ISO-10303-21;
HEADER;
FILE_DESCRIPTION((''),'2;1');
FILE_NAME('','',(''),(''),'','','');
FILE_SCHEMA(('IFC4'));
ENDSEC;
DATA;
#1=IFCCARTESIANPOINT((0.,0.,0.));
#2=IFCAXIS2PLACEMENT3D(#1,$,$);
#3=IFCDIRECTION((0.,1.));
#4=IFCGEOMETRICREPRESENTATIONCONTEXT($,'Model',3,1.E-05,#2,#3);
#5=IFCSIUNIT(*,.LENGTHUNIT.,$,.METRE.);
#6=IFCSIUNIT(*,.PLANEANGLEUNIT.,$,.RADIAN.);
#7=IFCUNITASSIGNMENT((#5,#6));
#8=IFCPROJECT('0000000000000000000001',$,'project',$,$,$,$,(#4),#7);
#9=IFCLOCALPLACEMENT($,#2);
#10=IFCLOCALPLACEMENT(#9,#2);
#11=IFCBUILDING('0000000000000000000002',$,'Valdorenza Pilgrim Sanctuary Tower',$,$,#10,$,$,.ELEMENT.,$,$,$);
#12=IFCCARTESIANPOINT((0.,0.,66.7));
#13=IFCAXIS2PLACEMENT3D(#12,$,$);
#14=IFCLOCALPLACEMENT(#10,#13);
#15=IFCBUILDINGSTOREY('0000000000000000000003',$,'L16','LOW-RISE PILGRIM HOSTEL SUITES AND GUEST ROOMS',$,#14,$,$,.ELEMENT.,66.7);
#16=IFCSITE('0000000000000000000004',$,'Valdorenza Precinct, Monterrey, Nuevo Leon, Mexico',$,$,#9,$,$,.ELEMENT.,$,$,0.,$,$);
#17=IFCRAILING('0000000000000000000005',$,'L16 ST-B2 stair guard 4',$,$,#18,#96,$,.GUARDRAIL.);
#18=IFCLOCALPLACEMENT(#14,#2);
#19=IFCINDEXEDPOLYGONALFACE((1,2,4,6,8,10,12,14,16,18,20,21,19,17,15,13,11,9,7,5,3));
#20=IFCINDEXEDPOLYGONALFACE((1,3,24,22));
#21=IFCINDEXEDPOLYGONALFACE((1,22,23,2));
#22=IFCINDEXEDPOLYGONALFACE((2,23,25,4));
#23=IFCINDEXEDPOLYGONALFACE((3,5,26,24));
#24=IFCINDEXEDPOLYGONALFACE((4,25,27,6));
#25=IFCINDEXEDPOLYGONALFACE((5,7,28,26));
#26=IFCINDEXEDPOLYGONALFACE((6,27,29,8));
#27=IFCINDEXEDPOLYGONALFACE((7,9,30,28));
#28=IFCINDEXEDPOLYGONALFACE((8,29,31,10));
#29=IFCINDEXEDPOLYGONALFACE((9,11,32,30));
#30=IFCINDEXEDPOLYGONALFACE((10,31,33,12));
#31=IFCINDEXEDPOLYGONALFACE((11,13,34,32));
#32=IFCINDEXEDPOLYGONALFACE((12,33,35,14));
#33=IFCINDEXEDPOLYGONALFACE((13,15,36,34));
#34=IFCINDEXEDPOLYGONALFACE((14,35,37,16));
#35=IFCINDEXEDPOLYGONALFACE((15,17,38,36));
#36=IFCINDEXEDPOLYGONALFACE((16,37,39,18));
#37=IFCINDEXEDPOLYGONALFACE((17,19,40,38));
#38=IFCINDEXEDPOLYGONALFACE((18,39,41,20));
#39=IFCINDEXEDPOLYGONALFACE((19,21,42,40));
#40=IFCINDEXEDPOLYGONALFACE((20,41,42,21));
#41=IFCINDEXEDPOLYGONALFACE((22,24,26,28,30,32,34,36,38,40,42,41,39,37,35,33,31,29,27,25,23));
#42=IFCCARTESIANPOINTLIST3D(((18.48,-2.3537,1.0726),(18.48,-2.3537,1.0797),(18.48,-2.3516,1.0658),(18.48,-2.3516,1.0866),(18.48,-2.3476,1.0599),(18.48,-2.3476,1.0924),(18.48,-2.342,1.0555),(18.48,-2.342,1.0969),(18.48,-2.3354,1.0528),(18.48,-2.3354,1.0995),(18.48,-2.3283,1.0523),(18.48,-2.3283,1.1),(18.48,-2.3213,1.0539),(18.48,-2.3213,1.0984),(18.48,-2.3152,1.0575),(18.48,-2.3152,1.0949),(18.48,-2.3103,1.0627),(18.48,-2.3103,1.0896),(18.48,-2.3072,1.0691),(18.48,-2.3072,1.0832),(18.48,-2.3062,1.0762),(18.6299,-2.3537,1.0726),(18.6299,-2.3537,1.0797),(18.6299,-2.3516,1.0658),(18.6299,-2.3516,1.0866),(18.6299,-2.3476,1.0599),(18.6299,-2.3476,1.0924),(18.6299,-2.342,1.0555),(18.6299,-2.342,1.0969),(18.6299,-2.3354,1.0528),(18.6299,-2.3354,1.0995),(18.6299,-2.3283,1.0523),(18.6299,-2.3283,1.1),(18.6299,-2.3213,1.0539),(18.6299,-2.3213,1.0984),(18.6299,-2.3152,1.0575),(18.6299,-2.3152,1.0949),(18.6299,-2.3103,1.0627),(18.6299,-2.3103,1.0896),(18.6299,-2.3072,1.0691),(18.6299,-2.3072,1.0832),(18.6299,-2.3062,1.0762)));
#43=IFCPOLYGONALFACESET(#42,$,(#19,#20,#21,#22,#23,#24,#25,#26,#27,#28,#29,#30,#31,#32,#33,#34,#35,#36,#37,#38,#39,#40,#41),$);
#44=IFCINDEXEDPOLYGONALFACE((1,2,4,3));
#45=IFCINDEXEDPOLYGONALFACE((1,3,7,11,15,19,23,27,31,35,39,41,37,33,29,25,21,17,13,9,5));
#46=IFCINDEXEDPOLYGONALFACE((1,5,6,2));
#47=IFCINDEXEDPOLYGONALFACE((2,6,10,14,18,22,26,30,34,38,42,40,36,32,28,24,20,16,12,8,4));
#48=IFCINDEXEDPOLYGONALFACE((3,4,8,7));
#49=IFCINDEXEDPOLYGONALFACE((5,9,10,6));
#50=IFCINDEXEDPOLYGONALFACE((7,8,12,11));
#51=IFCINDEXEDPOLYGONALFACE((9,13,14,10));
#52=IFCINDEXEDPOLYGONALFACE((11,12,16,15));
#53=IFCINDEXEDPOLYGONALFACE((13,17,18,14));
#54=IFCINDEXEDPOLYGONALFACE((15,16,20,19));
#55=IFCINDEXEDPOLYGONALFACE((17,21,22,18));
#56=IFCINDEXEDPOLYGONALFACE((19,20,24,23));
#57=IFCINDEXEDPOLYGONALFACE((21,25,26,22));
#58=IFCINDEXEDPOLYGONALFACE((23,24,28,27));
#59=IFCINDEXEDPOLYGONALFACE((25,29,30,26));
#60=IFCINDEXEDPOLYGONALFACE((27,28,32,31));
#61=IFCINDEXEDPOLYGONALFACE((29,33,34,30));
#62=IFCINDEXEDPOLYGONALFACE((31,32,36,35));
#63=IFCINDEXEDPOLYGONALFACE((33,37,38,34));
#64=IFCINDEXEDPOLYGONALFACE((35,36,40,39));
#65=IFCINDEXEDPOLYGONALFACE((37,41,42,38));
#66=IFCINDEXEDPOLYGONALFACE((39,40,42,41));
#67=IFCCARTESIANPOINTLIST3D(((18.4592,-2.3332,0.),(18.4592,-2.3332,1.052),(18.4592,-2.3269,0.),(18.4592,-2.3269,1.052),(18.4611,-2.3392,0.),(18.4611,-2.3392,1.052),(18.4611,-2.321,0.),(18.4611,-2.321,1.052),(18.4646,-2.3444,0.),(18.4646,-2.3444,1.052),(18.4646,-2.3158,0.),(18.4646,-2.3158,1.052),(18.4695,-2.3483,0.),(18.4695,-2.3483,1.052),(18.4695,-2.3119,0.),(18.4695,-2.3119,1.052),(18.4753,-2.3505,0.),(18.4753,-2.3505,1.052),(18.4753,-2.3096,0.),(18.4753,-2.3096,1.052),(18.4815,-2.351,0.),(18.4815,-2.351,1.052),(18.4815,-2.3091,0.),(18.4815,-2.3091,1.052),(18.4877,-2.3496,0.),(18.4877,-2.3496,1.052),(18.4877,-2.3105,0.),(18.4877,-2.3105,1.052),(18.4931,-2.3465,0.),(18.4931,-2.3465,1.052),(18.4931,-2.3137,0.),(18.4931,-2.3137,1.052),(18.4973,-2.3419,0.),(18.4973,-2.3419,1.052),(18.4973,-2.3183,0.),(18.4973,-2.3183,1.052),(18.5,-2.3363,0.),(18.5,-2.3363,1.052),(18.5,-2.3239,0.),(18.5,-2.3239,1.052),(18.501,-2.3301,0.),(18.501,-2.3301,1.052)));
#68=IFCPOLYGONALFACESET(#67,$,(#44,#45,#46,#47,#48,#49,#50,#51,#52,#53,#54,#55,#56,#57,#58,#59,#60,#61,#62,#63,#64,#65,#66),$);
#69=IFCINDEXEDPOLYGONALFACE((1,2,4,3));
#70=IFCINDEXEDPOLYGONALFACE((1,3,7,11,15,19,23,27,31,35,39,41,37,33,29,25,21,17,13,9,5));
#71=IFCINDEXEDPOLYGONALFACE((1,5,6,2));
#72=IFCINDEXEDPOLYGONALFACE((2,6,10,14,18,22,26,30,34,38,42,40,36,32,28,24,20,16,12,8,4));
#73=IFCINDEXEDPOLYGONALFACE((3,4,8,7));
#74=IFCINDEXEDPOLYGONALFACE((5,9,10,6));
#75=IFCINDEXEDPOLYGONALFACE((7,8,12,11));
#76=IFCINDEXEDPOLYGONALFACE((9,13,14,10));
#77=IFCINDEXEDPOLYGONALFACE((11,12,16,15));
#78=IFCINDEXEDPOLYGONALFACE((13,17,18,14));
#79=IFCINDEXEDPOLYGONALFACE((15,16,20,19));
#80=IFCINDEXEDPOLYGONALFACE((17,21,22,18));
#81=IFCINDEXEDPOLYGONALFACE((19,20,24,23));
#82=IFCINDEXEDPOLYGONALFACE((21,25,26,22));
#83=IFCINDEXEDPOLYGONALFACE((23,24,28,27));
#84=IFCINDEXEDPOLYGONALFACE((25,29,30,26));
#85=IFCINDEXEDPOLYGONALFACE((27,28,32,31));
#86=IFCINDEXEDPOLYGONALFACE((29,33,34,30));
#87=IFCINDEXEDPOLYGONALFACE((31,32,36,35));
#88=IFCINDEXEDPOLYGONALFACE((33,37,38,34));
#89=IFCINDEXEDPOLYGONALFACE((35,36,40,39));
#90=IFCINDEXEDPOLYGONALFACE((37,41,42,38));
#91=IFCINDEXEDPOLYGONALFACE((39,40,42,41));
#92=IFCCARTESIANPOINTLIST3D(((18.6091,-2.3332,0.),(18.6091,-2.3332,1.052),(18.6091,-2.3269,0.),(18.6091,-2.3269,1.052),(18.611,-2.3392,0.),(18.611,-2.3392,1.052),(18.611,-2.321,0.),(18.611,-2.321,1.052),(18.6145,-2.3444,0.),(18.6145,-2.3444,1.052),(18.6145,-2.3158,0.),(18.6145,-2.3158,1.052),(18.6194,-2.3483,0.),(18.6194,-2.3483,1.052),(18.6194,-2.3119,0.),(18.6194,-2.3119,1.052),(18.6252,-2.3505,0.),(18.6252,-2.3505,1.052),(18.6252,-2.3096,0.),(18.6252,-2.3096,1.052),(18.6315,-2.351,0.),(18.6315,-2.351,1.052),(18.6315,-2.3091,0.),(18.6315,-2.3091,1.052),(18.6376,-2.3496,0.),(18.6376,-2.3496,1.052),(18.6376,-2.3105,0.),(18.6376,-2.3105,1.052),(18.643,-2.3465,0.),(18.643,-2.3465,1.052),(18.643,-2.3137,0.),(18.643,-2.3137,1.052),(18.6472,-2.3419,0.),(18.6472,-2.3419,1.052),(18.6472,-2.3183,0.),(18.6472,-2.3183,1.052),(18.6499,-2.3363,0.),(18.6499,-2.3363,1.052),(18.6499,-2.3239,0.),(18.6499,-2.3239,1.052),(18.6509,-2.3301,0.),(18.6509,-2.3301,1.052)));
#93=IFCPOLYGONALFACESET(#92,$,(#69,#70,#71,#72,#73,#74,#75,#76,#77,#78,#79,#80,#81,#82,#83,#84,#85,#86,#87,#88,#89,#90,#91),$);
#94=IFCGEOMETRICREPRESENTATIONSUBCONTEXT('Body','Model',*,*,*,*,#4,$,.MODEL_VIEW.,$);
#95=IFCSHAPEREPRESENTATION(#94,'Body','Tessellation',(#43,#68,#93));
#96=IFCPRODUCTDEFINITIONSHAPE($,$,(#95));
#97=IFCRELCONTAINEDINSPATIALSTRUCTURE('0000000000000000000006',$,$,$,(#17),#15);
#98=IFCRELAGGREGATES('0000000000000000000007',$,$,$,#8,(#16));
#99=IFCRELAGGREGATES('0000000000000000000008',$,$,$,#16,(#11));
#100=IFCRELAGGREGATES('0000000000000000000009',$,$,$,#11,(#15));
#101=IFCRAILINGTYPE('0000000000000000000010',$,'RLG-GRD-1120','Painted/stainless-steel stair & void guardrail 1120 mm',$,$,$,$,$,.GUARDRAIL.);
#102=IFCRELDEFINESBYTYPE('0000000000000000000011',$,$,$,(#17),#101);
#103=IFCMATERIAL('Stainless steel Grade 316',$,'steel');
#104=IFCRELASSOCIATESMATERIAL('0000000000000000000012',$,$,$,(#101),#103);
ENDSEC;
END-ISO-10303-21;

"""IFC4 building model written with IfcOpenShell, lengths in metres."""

from ifc_helpers import new_model, si_unit, direction, frame, origin, origin_2d, place, context, subcontext, project, spatial, circle, extrude, material, type_object, element, save


model = new_model("IFC4")

# Units and contexts
model_context = context("Model", 3, precision=1e-05, world=origin(), true_north=direction((0.0, 1.0)))
body_context = subcontext(model_context, "Body", "Model", "MODEL_VIEW")
ifc_project = project(units=[si_unit("LENGTHUNIT", "METRE"), si_unit("PLANEANGLEUNIT", "RADIAN")], contexts=[model_context])

# Site, building, storey
site_placement = place(None, origin())
site = spatial("IfcSite", under=ifc_project, at=site_placement, Name="Valdorenza Precinct, Monterrey, Nuevo Leon, Mexico", CompositionType="ELEMENT", RefElevation=0.0)
building_placement = place(site_placement, origin())
building = spatial("IfcBuilding", under=site, at=building_placement, Name="Valdorenza Pilgrim Sanctuary Tower", CompositionType="ELEMENT")
storey_placement = place(building_placement, frame((0.0, 0.0, 66.7)))
storey = spatial("IfcBuildingStorey", under=building, at=storey_placement, Name="L16", Description="LOW-RISE PILGRIM HOSTEL SUITES AND GUEST ROOMS", CompositionType="ELEMENT", Elevation=66.7)

# Railing
ifc_material_1 = material(Name="Stainless steel Grade 316", Category="steel")
railing_type_1 = type_object("IfcRailingType", Name="RLG-GRD-1120", Description="Painted/stainless-steel stair & void guardrail 1120 mm", PredefinedType="GUARDRAIL", material=ifc_material_1)
railing_1_placement = place(storey_placement, frame((18.48, -2.3301, 0.0)))
element("IfcRailing", 1, at=railing_1_placement, inside=storey, type_object=railing_type_1, Name="L16 ST-B2 stair guard 4", PredefinedType="GUARDRAIL", context=body_context, shape_type="SweptSolid", body=[
    extrude(circle(Radius=0.0239, at=origin_2d()), frame((0.0, 0.0, 1.0762), z_axis=(1.0, 0.0, 0.0), x_axis=(0.0, 1.0, 0.0)), (0.0, 0.0, 1.0), 0.1499),
    extrude(circle(Radius=0.021, at=origin_2d()), origin(), (0.0, 0.0, 1.0), 1.052),
    extrude(circle(Radius=0.021, at=origin_2d()), frame((0.1499, 0.0, 0.0)), (0.0, 0.0, 1.0), 1.052),
])

save(model, "model.ifc")
